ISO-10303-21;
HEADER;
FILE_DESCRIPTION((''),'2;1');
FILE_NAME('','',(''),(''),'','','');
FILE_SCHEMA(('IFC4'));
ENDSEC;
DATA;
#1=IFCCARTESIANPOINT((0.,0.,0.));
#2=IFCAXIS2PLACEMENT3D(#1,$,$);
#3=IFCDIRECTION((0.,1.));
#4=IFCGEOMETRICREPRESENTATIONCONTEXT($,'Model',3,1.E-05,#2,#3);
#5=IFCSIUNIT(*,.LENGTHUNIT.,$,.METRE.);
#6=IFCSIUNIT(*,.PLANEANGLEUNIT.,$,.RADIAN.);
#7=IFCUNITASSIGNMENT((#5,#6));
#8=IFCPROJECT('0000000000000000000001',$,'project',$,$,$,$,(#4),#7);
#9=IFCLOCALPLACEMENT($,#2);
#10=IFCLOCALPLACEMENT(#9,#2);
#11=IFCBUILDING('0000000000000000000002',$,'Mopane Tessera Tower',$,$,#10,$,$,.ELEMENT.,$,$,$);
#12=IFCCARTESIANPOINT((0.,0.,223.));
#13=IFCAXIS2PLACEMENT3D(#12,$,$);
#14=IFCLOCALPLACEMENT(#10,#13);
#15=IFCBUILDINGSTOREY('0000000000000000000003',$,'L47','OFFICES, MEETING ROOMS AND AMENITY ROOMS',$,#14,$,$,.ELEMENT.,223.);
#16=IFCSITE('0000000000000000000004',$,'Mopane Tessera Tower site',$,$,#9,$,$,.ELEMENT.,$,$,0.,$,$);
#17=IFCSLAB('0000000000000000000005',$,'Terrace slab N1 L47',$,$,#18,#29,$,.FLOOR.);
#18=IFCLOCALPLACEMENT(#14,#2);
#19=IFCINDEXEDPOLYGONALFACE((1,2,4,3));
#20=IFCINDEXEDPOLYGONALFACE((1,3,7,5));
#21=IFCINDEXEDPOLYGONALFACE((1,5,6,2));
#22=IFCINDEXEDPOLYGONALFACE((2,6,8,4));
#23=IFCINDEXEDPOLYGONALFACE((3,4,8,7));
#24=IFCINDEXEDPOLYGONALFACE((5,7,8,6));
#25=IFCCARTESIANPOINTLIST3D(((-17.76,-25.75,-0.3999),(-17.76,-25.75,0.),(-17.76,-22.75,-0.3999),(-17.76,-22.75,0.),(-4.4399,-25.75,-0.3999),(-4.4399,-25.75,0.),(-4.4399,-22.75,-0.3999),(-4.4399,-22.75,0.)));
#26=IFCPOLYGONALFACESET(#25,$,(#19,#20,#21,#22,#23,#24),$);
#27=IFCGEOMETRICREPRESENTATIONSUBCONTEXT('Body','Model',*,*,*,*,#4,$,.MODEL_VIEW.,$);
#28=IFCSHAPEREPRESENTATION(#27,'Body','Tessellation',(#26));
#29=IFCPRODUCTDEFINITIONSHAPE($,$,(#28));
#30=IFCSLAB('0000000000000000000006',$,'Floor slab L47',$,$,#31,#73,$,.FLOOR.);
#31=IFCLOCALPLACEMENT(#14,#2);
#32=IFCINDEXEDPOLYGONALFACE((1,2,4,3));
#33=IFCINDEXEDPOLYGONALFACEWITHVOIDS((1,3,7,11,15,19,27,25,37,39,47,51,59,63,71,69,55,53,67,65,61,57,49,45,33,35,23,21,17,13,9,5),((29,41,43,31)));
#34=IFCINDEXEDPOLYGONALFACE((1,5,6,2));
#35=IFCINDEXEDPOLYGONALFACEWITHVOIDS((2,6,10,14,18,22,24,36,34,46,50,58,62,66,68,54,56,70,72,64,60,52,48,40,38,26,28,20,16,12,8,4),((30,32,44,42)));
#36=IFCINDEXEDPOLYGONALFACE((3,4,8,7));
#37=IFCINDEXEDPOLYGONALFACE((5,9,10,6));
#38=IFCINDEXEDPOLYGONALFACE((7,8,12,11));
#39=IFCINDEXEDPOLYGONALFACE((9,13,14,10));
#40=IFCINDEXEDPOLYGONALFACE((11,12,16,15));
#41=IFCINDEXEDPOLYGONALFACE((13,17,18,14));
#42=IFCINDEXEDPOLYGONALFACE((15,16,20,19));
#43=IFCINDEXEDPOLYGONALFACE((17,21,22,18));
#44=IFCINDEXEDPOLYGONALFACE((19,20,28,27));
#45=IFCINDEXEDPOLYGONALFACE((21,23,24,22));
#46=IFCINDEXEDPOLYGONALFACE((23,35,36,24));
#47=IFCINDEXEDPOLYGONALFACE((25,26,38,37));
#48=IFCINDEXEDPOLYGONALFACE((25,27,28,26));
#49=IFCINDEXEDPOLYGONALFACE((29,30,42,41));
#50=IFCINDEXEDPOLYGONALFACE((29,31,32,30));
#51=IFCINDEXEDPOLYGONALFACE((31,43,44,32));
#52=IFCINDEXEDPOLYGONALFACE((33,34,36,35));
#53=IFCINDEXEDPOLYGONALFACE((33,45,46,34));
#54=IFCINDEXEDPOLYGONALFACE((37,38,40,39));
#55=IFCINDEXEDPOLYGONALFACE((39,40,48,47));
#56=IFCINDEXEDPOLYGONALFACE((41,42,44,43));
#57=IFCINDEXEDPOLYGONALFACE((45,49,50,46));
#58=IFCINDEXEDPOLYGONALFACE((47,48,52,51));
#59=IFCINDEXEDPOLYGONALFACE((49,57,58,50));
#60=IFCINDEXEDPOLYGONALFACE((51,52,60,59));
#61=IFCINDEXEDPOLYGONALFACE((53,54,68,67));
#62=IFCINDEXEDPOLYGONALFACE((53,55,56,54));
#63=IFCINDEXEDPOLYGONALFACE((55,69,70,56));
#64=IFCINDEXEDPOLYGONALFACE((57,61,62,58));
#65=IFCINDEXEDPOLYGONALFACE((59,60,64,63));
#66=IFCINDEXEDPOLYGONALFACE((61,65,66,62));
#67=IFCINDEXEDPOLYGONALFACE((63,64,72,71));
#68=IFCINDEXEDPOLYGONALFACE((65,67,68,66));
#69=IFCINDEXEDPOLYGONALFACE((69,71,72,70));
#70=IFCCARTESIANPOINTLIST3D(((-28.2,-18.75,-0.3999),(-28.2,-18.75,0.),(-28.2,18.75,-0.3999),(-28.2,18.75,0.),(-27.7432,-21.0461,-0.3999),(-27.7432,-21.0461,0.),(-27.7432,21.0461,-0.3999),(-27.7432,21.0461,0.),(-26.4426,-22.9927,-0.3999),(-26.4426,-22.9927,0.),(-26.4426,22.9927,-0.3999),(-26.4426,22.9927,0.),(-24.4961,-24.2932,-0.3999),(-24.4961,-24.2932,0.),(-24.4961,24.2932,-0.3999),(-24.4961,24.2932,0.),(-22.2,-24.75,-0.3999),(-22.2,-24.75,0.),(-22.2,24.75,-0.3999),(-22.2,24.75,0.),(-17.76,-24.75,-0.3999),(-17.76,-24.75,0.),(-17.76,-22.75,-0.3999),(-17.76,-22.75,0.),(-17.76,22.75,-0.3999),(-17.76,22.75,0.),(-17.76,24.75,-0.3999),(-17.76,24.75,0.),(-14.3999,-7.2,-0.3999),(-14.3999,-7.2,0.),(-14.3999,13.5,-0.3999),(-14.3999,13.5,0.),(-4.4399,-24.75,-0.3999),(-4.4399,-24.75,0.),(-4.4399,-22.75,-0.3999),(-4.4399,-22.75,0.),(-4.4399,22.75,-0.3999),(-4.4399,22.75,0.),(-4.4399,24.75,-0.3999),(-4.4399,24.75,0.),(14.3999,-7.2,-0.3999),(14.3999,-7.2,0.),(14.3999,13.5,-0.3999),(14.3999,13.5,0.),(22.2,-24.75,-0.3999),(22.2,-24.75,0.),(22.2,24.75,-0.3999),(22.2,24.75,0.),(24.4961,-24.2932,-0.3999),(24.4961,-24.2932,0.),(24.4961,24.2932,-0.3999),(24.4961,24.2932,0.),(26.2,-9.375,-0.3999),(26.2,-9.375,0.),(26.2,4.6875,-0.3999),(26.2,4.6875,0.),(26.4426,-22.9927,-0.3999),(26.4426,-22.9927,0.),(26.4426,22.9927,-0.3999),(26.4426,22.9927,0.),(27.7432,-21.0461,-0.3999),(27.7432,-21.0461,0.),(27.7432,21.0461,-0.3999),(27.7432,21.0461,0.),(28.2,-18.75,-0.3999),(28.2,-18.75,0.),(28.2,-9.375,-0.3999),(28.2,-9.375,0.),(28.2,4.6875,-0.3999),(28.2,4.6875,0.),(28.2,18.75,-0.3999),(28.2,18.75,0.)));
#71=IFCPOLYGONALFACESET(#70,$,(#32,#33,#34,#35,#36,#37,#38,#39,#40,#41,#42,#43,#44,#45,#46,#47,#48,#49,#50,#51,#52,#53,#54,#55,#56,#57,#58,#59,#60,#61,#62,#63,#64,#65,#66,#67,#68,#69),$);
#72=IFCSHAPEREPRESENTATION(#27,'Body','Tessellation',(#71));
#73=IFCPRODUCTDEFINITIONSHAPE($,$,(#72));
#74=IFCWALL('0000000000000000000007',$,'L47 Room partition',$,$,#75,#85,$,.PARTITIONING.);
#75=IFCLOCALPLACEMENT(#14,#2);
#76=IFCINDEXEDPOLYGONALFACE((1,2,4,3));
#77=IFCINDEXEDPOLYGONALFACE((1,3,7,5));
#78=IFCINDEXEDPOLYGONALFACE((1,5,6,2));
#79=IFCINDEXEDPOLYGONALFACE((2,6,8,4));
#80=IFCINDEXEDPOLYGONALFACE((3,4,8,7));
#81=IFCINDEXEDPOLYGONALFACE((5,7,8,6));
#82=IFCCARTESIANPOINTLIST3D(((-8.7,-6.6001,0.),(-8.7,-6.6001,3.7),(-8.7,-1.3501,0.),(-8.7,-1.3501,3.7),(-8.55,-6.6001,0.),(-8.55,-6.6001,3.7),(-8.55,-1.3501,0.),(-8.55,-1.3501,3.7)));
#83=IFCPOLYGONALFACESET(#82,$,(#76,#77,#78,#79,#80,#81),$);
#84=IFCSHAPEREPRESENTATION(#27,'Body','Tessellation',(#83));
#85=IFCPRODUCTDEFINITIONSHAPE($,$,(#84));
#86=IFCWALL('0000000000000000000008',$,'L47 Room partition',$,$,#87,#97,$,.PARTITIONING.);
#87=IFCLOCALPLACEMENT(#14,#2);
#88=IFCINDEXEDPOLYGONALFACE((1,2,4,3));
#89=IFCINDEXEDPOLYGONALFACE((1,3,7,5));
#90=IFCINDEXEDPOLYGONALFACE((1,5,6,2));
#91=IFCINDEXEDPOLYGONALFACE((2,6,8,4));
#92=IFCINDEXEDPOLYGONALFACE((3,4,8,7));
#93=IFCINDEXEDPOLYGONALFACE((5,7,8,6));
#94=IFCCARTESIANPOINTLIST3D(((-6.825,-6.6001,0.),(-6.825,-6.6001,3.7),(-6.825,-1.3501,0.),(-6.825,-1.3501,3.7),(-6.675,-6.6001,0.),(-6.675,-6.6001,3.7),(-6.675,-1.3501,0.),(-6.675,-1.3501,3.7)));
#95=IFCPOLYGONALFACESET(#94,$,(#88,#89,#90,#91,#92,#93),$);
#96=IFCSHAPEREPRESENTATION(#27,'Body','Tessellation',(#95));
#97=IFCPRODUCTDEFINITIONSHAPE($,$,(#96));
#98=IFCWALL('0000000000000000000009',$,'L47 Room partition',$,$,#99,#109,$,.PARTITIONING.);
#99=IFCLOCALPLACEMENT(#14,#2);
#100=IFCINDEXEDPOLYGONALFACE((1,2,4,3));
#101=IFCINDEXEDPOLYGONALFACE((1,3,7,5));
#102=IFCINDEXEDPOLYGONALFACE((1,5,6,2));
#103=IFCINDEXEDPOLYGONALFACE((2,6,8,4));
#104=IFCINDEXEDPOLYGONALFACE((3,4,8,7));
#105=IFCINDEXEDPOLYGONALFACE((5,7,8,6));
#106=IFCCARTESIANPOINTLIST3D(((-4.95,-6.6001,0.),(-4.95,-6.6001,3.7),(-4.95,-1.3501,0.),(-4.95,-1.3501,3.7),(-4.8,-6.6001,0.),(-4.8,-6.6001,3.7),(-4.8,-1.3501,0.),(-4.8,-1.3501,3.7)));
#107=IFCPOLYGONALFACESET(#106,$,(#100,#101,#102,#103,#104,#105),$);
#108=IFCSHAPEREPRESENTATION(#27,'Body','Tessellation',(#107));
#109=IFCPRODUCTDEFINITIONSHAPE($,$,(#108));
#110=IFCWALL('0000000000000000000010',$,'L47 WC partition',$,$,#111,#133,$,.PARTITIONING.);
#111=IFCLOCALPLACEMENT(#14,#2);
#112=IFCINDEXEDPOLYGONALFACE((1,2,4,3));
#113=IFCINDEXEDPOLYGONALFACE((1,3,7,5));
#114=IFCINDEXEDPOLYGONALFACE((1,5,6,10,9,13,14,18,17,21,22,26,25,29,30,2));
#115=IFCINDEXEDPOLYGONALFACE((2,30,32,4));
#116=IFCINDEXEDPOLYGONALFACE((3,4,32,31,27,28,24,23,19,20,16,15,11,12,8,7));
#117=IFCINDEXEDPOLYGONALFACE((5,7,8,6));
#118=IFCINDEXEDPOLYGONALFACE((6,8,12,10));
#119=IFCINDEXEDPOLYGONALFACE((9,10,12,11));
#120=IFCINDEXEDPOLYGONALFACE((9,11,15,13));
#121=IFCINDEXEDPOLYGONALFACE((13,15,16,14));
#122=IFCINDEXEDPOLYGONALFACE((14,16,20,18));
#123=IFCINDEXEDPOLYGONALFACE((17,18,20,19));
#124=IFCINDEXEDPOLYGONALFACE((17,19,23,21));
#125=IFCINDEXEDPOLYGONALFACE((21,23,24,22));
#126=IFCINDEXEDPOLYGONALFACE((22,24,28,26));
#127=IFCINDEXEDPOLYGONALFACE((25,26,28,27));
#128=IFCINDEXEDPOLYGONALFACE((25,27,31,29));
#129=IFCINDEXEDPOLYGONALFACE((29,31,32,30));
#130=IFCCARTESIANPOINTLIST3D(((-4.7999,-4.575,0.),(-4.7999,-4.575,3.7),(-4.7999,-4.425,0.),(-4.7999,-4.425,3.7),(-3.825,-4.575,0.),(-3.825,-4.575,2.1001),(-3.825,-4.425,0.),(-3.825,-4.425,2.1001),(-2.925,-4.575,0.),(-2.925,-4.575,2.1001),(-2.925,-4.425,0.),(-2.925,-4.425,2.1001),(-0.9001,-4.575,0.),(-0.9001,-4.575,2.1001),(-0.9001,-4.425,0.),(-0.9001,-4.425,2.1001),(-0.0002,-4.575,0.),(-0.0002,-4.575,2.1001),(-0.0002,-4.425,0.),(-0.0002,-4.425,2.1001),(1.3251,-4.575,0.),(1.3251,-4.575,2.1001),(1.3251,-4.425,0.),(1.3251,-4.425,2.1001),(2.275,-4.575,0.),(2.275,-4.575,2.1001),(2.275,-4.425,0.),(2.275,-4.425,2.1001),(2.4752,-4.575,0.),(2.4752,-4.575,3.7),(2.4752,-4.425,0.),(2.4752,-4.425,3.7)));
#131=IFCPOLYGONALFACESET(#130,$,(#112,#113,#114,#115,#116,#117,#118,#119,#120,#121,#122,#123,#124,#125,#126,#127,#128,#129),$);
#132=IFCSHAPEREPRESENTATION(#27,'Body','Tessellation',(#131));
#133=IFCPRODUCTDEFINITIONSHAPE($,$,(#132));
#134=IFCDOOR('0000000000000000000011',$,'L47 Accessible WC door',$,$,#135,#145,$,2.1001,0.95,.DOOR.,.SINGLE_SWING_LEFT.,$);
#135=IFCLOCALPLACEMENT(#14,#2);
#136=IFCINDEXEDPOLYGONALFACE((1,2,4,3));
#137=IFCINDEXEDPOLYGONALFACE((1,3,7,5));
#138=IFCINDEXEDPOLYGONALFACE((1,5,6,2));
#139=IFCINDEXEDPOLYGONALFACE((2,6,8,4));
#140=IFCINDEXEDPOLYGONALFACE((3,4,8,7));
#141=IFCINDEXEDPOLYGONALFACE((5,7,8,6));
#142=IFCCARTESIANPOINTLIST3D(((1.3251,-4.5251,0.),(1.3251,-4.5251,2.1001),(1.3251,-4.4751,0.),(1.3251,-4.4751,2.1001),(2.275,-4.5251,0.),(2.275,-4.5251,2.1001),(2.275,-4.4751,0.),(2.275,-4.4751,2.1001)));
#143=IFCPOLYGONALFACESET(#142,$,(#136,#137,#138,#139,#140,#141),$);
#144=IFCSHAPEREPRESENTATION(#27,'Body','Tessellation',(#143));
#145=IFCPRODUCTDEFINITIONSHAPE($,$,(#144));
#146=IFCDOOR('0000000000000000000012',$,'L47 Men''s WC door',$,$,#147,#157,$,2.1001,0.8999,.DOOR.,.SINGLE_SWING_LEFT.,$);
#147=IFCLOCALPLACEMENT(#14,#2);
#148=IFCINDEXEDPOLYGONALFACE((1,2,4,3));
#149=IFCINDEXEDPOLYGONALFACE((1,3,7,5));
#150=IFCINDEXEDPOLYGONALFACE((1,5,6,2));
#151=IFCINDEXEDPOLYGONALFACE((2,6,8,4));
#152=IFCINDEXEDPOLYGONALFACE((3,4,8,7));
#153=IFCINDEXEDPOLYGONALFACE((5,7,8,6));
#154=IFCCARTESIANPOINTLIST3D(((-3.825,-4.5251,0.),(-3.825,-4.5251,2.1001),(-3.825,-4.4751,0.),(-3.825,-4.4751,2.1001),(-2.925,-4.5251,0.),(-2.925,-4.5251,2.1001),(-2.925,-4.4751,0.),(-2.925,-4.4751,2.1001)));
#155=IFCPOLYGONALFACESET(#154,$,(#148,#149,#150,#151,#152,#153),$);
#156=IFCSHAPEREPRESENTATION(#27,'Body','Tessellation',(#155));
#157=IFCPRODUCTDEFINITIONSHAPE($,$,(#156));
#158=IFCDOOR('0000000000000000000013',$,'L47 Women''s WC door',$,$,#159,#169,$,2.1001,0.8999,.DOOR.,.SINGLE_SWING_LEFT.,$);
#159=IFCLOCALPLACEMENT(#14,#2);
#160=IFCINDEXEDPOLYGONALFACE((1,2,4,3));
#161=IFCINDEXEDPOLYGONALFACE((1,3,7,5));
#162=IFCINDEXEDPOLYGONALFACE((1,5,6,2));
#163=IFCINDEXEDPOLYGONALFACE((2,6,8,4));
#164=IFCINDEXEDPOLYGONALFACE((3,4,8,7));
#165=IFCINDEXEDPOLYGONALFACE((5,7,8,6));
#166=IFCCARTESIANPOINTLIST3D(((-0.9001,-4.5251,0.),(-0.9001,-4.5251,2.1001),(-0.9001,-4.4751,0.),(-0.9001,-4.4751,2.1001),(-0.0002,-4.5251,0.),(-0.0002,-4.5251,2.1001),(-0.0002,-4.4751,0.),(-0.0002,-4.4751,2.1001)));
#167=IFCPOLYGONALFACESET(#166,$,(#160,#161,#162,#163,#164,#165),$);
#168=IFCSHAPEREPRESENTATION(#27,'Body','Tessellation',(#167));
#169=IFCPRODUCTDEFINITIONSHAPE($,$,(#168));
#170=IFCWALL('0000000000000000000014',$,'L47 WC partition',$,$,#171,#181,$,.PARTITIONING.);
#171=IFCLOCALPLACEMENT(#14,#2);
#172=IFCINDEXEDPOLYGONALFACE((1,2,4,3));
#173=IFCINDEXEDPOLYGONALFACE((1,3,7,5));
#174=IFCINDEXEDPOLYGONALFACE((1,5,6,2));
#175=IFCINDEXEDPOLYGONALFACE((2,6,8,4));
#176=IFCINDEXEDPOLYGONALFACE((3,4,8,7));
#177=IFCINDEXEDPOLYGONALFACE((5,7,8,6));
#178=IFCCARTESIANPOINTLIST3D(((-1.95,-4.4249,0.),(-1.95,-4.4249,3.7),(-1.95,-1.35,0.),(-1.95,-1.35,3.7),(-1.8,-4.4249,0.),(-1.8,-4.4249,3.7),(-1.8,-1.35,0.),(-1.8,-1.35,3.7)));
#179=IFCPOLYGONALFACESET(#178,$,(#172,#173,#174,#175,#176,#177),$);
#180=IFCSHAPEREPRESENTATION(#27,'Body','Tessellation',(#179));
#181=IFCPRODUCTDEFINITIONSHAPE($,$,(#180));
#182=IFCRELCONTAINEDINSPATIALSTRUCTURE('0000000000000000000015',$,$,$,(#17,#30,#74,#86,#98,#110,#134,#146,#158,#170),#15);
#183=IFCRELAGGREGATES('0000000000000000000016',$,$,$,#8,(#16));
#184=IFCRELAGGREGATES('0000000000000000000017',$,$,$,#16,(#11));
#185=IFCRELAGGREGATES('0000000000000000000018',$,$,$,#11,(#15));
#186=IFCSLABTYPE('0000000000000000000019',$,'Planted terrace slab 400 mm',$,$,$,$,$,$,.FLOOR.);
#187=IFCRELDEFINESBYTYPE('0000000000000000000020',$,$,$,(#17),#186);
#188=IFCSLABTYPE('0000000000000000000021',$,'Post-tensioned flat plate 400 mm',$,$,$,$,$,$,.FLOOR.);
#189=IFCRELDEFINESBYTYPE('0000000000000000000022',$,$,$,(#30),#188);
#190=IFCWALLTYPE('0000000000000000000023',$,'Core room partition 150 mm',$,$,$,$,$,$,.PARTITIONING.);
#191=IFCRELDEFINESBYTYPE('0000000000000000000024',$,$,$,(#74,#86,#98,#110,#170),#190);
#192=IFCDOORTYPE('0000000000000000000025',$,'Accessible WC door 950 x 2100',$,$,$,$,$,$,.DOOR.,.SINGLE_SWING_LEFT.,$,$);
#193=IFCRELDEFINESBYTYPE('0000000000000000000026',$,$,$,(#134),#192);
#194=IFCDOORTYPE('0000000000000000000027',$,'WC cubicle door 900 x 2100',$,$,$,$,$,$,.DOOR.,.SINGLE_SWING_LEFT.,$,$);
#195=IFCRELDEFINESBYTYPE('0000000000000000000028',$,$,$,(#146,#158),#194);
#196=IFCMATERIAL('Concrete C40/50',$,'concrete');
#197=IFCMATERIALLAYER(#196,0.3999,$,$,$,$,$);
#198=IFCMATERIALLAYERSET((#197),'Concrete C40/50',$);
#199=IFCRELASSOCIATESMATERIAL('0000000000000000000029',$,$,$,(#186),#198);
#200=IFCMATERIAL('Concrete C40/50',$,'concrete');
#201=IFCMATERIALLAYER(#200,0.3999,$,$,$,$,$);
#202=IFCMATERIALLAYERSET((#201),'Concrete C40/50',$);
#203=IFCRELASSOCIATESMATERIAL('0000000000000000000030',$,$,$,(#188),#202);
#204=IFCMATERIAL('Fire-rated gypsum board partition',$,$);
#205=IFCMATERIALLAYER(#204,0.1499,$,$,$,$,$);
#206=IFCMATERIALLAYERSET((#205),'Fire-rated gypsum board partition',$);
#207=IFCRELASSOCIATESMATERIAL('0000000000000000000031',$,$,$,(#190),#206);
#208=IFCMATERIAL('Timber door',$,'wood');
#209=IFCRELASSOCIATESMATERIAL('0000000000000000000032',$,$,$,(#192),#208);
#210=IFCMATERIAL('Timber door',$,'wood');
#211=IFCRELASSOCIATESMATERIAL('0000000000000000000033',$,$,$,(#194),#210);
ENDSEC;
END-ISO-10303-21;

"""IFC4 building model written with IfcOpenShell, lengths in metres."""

from ifc_helpers import new_model, si_unit, direction, frame, frame_2d, origin, place, context, subcontext, project, spatial, polyline, rectangle, outline, extrude, material, layer, layer_set, type_object, element, fill, save


model = new_model("IFC4")

# Units and contexts
model_context = context("Model", 3, precision=1e-05, world=origin(), true_north=direction((0.0, 1.0)))
body_context = subcontext(model_context, "Body", "Model", "MODEL_VIEW")
ifc_project = project(units=[si_unit("LENGTHUNIT", "METRE"), si_unit("PLANEANGLEUNIT", "RADIAN")], contexts=[model_context])

# Site, building, storey
site_placement = place(None, origin())
site = spatial("IfcSite", under=ifc_project, at=site_placement, Name="Mopane Tessera Tower site", CompositionType="ELEMENT", RefElevation=0.0)
building_placement = place(site_placement, origin())
building = spatial("IfcBuilding", under=site, at=building_placement, Name="Mopane Tessera Tower", CompositionType="ELEMENT")
storey_placement = place(building_placement, frame((0.0, 0.0, 223.0)))
storey = spatial("IfcBuildingStorey", under=building, at=storey_placement, Name="L47", Description="OFFICES, MEETING ROOMS AND AMENITY ROOMS", CompositionType="ELEMENT", Elevation=223.0)

# Slabs
ifc_material_1 = material(Name="Concrete C40/50", Category="concrete")
ifc_layer_1 = layer(ifc_material_1, 0.3999)
ifc_layer_set_1 = layer_set([ifc_layer_1], Name="Concrete C40/50")
slab_type_1 = type_object("IfcSlabType", Name="Planted terrace slab 400 mm", PredefinedType="FLOOR", material=ifc_layer_set_1)
slab_1_placement = place(storey_placement, frame((0.0, 0.0, -0.3999)))
element("IfcSlab", 1, at=slab_1_placement, inside=storey, type_object=slab_type_1, Name="Terrace slab N1 L47", PredefinedType="FLOOR", context=body_context, shape_type="SweptSolid", body=[
    extrude(outline(polyline([(-4.4399, -25.75), (-4.4399, -22.75), (-17.76, -22.75), (-17.76, -25.75), (-4.4399, -25.75)])), origin(), (0.0, 0.0, 1.0), 0.3999),
])
ifc_material_2 = material(Name="Concrete C40/50", Category="concrete")
ifc_layer_2 = layer(ifc_material_2, 0.3999)
ifc_layer_set_2 = layer_set([ifc_layer_2], Name="Concrete C40/50")
slab_type_2 = type_object("IfcSlabType", Name="Post-tensioned flat plate 400 mm", PredefinedType="FLOOR", material=ifc_layer_set_2)
slab_2_placement = place(storey_placement, frame((0.0, 0.0, -0.3999)))
element("IfcSlab", 2, at=slab_2_placement, inside=storey, type_object=slab_type_2, Name="Floor slab L47", PredefinedType="FLOOR", context=body_context, shape_type="SweptSolid", body=[
    extrude(outline(polyline([(-22.2, -24.75), (-17.76, -24.75), (-17.76, -22.75), (-4.4399, -22.75), (-4.4399, -24.75), (22.2, -24.75), (24.4961, -24.2932), (26.4426, -22.9927), (27.7432, -21.0461), (28.2, -18.75), (28.2, -9.375), (26.2, -9.375), (26.2, 4.6875), (28.2, 4.6875), (28.2, 18.75), (27.7432, 21.0461), (26.4426, 22.9927), (24.4961, 24.2932), (22.2, 24.75), (-4.4399, 24.75), (-4.4399, 22.75), (-17.76, 22.75), (-17.76, 24.75), (-22.2, 24.75), (-24.4961, 24.2932), (-26.4426, 22.9927), (-27.7432, 21.0461), (-28.2, 18.75), (-28.2, -18.75), (-27.7432, -21.0461), (-26.4426, -22.9927), (-24.4961, -24.2932), (-22.2, -24.75)]), holes=[polyline([(14.3999, -7.2), (-14.3999, -7.2), (-14.3999, 13.5), (14.3999, 13.5), (14.3999, -7.2)])]), origin(), (0.0, 0.0, 1.0), 0.3999),
])

# Walls
ifc_material_3 = material(Name="Fire-rated gypsum board partition")
ifc_layer_3 = layer(ifc_material_3, 0.1499)
ifc_layer_set_3 = layer_set([ifc_layer_3], Name="Fire-rated gypsum board partition")
wall_type_1 = type_object("IfcWallType", Name="Core room partition 150 mm", PredefinedType="PARTITIONING", material=ifc_layer_set_3)
for number, where, z_axis, x_axis, name in (
    (3, (-8.625, -6.6001, 0.0), (0.0, 0.0, 1.0), (0.0, 1.0, 0.0), "L47 Room partition"),
    (4, (-6.75, -6.6001, 0.0), (0.0, 0.0, 1.0), (0.0, 1.0, 0.0), "L47 Room partition"),
    (5, (-4.875, -6.6001, 0.0), (0.0, 0.0, 1.0), (0.0, 1.0, 0.0), "L47 Room partition"),
):
    element("IfcWall", number, at=place(storey_placement, frame(where, z_axis=z_axis, x_axis=x_axis)), inside=storey, type_object=wall_type_1, Name=name, PredefinedType="PARTITIONING", context=body_context, shape_type="SweptSolid", body=[
        extrude(rectangle(XDim=5.25, YDim=0.1499, at=frame_2d((2.625, 0.0))), origin(), (0.0, 0.0, 1.0), 3.7),
    ])

# Wall, openings, doors
wall_1_placement = place(storey_placement, frame((-4.8, -4.5, 0.0), z_axis=(0.0, 0.0, 1.0), x_axis=(1.0, 0.0, 0.0)))
wall_1 = element("IfcWall", 6, at=wall_1_placement, inside=storey, type_object=wall_type_1, Name="L47 WC partition", PredefinedType="PARTITIONING", context=body_context, shape_type="SweptSolid", body=[
    extrude(rectangle(XDim=7.2751, YDim=0.1499, at=frame_2d((3.6377, 0.0))), origin(), (0.0, 0.0, 1.0), 3.7),
])
opening_1_placement = place(wall_1_placement, frame((0.9751, 0.0, 0.0)))
opening_1 = element("IfcOpeningElement", 7, at=opening_1_placement, cuts=wall_1, PredefinedType="OPENING", context=body_context, shape_type="SweptSolid", body=[
    extrude(rectangle(XDim=0.8999, YDim=2.1001, at=frame_2d((0.45, 1.05))), frame((0.0, 0.0869, 0.0), z_axis=(0.0, -1.0, 0.0), x_axis=(1.0, 0.0, 0.0)), (0.0, 0.0, 1.0), 0.1738),
])
opening_2_placement = place(wall_1_placement, frame((3.8999, 0.0, 0.0)))
opening_2 = element("IfcOpeningElement", 8, at=opening_2_placement, cuts=wall_1, PredefinedType="OPENING", context=body_context, shape_type="SweptSolid", body=[
    extrude(rectangle(XDim=0.8999, YDim=2.1001, at=frame_2d((0.45, 1.05))), frame((0.0, 0.0869, 0.0), z_axis=(0.0, -1.0, 0.0), x_axis=(1.0, 0.0, 0.0)), (0.0, 0.0, 1.0), 0.1738),
])
opening_3_placement = place(wall_1_placement, frame((6.125, 0.0, 0.0)))
opening_3 = element("IfcOpeningElement", 9, at=opening_3_placement, cuts=wall_1, PredefinedType="OPENING", context=body_context, shape_type="SweptSolid", body=[
    extrude(rectangle(XDim=0.95, YDim=2.1001, at=frame_2d((0.4751, 1.05))), frame((0.0, 0.0869, 0.0), z_axis=(0.0, -1.0, 0.0), x_axis=(1.0, 0.0, 0.0)), (0.0, 0.0, 1.0), 0.1738),
])
ifc_material_4 = material(Name="Timber door", Category="wood")
door_type_1 = type_object("IfcDoorType", Name="Accessible WC door 950 x 2100", OperationType="SINGLE_SWING_LEFT", PredefinedType="DOOR", material=ifc_material_4)
door_1_placement = place(opening_3_placement, origin())
door_1 = element("IfcDoor", 10, at=door_1_placement, inside=storey, type_object=door_type_1, Name="L47 Accessible WC door", OperationType="SINGLE_SWING_LEFT", OverallHeight=2.1001, OverallWidth=0.95, PredefinedType="DOOR", context=body_context, shape_type="SweptSolid", body=[
    extrude(rectangle(XDim=0.95, YDim=2.1001, at=frame_2d((0.4751, 1.05))), frame((0.0, 0.0249, 0.0), z_axis=(0.0, -1.0, 0.0), x_axis=(1.0, 0.0, 0.0)), (0.0, 0.0, 1.0), 0.05),
])
fill(opening_3, door_1)
ifc_material_5 = material(Name="Timber door", Category="wood")
door_type_2 = type_object("IfcDoorType", Name="WC cubicle door 900 x 2100", OperationType="SINGLE_SWING_LEFT", PredefinedType="DOOR", material=ifc_material_5)
door_2_placement = place(opening_1_placement, origin())
door_2 = element("IfcDoor", 11, at=door_2_placement, inside=storey, type_object=door_type_2, Name="L47 Men's WC door", OperationType="SINGLE_SWING_LEFT", OverallHeight=2.1001, OverallWidth=0.8999, PredefinedType="DOOR", context=body_context, shape_type="SweptSolid", body=[
    extrude(rectangle(XDim=0.8999, YDim=2.1001, at=frame_2d((0.45, 1.05))), frame((0.0, 0.0249, 0.0), z_axis=(0.0, -1.0, 0.0), x_axis=(1.0, 0.0, 0.0)), (0.0, 0.0, 1.0), 0.05),
])
fill(opening_1, door_2)
door_3_placement = place(opening_2_placement, origin())
door_3 = element("IfcDoor", 12, at=door_3_placement, inside=storey, type_object=door_type_2, Name="L47 Women's WC door", OperationType="SINGLE_SWING_LEFT", OverallHeight=2.1001, OverallWidth=0.8999, PredefinedType="DOOR", context=body_context, shape_type="SweptSolid", body=[
    extrude(rectangle(XDim=0.8999, YDim=2.1001, at=frame_2d((0.45, 1.05))), frame((0.0, 0.0249, 0.0), z_axis=(0.0, -1.0, 0.0), x_axis=(1.0, 0.0, 0.0)), (0.0, 0.0, 1.0), 0.05),
])
fill(opening_2, door_3)

# Wall
wall_2_placement = place(storey_placement, frame((-1.875, -4.425, 0.0), z_axis=(0.0, 0.0, 1.0), x_axis=(0.0, 1.0, 0.0)))
element("IfcWall", 13, at=wall_2_placement, inside=storey, type_object=wall_type_1, Name="L47 WC partition", PredefinedType="PARTITIONING", context=body_context, shape_type="SweptSolid", body=[
    extrude(rectangle(XDim=3.075, YDim=0.1499, at=frame_2d((1.5376, 0.0))), origin(), (0.0, 0.0, 1.0), 3.7),
])

save(model, "model.ifc")
